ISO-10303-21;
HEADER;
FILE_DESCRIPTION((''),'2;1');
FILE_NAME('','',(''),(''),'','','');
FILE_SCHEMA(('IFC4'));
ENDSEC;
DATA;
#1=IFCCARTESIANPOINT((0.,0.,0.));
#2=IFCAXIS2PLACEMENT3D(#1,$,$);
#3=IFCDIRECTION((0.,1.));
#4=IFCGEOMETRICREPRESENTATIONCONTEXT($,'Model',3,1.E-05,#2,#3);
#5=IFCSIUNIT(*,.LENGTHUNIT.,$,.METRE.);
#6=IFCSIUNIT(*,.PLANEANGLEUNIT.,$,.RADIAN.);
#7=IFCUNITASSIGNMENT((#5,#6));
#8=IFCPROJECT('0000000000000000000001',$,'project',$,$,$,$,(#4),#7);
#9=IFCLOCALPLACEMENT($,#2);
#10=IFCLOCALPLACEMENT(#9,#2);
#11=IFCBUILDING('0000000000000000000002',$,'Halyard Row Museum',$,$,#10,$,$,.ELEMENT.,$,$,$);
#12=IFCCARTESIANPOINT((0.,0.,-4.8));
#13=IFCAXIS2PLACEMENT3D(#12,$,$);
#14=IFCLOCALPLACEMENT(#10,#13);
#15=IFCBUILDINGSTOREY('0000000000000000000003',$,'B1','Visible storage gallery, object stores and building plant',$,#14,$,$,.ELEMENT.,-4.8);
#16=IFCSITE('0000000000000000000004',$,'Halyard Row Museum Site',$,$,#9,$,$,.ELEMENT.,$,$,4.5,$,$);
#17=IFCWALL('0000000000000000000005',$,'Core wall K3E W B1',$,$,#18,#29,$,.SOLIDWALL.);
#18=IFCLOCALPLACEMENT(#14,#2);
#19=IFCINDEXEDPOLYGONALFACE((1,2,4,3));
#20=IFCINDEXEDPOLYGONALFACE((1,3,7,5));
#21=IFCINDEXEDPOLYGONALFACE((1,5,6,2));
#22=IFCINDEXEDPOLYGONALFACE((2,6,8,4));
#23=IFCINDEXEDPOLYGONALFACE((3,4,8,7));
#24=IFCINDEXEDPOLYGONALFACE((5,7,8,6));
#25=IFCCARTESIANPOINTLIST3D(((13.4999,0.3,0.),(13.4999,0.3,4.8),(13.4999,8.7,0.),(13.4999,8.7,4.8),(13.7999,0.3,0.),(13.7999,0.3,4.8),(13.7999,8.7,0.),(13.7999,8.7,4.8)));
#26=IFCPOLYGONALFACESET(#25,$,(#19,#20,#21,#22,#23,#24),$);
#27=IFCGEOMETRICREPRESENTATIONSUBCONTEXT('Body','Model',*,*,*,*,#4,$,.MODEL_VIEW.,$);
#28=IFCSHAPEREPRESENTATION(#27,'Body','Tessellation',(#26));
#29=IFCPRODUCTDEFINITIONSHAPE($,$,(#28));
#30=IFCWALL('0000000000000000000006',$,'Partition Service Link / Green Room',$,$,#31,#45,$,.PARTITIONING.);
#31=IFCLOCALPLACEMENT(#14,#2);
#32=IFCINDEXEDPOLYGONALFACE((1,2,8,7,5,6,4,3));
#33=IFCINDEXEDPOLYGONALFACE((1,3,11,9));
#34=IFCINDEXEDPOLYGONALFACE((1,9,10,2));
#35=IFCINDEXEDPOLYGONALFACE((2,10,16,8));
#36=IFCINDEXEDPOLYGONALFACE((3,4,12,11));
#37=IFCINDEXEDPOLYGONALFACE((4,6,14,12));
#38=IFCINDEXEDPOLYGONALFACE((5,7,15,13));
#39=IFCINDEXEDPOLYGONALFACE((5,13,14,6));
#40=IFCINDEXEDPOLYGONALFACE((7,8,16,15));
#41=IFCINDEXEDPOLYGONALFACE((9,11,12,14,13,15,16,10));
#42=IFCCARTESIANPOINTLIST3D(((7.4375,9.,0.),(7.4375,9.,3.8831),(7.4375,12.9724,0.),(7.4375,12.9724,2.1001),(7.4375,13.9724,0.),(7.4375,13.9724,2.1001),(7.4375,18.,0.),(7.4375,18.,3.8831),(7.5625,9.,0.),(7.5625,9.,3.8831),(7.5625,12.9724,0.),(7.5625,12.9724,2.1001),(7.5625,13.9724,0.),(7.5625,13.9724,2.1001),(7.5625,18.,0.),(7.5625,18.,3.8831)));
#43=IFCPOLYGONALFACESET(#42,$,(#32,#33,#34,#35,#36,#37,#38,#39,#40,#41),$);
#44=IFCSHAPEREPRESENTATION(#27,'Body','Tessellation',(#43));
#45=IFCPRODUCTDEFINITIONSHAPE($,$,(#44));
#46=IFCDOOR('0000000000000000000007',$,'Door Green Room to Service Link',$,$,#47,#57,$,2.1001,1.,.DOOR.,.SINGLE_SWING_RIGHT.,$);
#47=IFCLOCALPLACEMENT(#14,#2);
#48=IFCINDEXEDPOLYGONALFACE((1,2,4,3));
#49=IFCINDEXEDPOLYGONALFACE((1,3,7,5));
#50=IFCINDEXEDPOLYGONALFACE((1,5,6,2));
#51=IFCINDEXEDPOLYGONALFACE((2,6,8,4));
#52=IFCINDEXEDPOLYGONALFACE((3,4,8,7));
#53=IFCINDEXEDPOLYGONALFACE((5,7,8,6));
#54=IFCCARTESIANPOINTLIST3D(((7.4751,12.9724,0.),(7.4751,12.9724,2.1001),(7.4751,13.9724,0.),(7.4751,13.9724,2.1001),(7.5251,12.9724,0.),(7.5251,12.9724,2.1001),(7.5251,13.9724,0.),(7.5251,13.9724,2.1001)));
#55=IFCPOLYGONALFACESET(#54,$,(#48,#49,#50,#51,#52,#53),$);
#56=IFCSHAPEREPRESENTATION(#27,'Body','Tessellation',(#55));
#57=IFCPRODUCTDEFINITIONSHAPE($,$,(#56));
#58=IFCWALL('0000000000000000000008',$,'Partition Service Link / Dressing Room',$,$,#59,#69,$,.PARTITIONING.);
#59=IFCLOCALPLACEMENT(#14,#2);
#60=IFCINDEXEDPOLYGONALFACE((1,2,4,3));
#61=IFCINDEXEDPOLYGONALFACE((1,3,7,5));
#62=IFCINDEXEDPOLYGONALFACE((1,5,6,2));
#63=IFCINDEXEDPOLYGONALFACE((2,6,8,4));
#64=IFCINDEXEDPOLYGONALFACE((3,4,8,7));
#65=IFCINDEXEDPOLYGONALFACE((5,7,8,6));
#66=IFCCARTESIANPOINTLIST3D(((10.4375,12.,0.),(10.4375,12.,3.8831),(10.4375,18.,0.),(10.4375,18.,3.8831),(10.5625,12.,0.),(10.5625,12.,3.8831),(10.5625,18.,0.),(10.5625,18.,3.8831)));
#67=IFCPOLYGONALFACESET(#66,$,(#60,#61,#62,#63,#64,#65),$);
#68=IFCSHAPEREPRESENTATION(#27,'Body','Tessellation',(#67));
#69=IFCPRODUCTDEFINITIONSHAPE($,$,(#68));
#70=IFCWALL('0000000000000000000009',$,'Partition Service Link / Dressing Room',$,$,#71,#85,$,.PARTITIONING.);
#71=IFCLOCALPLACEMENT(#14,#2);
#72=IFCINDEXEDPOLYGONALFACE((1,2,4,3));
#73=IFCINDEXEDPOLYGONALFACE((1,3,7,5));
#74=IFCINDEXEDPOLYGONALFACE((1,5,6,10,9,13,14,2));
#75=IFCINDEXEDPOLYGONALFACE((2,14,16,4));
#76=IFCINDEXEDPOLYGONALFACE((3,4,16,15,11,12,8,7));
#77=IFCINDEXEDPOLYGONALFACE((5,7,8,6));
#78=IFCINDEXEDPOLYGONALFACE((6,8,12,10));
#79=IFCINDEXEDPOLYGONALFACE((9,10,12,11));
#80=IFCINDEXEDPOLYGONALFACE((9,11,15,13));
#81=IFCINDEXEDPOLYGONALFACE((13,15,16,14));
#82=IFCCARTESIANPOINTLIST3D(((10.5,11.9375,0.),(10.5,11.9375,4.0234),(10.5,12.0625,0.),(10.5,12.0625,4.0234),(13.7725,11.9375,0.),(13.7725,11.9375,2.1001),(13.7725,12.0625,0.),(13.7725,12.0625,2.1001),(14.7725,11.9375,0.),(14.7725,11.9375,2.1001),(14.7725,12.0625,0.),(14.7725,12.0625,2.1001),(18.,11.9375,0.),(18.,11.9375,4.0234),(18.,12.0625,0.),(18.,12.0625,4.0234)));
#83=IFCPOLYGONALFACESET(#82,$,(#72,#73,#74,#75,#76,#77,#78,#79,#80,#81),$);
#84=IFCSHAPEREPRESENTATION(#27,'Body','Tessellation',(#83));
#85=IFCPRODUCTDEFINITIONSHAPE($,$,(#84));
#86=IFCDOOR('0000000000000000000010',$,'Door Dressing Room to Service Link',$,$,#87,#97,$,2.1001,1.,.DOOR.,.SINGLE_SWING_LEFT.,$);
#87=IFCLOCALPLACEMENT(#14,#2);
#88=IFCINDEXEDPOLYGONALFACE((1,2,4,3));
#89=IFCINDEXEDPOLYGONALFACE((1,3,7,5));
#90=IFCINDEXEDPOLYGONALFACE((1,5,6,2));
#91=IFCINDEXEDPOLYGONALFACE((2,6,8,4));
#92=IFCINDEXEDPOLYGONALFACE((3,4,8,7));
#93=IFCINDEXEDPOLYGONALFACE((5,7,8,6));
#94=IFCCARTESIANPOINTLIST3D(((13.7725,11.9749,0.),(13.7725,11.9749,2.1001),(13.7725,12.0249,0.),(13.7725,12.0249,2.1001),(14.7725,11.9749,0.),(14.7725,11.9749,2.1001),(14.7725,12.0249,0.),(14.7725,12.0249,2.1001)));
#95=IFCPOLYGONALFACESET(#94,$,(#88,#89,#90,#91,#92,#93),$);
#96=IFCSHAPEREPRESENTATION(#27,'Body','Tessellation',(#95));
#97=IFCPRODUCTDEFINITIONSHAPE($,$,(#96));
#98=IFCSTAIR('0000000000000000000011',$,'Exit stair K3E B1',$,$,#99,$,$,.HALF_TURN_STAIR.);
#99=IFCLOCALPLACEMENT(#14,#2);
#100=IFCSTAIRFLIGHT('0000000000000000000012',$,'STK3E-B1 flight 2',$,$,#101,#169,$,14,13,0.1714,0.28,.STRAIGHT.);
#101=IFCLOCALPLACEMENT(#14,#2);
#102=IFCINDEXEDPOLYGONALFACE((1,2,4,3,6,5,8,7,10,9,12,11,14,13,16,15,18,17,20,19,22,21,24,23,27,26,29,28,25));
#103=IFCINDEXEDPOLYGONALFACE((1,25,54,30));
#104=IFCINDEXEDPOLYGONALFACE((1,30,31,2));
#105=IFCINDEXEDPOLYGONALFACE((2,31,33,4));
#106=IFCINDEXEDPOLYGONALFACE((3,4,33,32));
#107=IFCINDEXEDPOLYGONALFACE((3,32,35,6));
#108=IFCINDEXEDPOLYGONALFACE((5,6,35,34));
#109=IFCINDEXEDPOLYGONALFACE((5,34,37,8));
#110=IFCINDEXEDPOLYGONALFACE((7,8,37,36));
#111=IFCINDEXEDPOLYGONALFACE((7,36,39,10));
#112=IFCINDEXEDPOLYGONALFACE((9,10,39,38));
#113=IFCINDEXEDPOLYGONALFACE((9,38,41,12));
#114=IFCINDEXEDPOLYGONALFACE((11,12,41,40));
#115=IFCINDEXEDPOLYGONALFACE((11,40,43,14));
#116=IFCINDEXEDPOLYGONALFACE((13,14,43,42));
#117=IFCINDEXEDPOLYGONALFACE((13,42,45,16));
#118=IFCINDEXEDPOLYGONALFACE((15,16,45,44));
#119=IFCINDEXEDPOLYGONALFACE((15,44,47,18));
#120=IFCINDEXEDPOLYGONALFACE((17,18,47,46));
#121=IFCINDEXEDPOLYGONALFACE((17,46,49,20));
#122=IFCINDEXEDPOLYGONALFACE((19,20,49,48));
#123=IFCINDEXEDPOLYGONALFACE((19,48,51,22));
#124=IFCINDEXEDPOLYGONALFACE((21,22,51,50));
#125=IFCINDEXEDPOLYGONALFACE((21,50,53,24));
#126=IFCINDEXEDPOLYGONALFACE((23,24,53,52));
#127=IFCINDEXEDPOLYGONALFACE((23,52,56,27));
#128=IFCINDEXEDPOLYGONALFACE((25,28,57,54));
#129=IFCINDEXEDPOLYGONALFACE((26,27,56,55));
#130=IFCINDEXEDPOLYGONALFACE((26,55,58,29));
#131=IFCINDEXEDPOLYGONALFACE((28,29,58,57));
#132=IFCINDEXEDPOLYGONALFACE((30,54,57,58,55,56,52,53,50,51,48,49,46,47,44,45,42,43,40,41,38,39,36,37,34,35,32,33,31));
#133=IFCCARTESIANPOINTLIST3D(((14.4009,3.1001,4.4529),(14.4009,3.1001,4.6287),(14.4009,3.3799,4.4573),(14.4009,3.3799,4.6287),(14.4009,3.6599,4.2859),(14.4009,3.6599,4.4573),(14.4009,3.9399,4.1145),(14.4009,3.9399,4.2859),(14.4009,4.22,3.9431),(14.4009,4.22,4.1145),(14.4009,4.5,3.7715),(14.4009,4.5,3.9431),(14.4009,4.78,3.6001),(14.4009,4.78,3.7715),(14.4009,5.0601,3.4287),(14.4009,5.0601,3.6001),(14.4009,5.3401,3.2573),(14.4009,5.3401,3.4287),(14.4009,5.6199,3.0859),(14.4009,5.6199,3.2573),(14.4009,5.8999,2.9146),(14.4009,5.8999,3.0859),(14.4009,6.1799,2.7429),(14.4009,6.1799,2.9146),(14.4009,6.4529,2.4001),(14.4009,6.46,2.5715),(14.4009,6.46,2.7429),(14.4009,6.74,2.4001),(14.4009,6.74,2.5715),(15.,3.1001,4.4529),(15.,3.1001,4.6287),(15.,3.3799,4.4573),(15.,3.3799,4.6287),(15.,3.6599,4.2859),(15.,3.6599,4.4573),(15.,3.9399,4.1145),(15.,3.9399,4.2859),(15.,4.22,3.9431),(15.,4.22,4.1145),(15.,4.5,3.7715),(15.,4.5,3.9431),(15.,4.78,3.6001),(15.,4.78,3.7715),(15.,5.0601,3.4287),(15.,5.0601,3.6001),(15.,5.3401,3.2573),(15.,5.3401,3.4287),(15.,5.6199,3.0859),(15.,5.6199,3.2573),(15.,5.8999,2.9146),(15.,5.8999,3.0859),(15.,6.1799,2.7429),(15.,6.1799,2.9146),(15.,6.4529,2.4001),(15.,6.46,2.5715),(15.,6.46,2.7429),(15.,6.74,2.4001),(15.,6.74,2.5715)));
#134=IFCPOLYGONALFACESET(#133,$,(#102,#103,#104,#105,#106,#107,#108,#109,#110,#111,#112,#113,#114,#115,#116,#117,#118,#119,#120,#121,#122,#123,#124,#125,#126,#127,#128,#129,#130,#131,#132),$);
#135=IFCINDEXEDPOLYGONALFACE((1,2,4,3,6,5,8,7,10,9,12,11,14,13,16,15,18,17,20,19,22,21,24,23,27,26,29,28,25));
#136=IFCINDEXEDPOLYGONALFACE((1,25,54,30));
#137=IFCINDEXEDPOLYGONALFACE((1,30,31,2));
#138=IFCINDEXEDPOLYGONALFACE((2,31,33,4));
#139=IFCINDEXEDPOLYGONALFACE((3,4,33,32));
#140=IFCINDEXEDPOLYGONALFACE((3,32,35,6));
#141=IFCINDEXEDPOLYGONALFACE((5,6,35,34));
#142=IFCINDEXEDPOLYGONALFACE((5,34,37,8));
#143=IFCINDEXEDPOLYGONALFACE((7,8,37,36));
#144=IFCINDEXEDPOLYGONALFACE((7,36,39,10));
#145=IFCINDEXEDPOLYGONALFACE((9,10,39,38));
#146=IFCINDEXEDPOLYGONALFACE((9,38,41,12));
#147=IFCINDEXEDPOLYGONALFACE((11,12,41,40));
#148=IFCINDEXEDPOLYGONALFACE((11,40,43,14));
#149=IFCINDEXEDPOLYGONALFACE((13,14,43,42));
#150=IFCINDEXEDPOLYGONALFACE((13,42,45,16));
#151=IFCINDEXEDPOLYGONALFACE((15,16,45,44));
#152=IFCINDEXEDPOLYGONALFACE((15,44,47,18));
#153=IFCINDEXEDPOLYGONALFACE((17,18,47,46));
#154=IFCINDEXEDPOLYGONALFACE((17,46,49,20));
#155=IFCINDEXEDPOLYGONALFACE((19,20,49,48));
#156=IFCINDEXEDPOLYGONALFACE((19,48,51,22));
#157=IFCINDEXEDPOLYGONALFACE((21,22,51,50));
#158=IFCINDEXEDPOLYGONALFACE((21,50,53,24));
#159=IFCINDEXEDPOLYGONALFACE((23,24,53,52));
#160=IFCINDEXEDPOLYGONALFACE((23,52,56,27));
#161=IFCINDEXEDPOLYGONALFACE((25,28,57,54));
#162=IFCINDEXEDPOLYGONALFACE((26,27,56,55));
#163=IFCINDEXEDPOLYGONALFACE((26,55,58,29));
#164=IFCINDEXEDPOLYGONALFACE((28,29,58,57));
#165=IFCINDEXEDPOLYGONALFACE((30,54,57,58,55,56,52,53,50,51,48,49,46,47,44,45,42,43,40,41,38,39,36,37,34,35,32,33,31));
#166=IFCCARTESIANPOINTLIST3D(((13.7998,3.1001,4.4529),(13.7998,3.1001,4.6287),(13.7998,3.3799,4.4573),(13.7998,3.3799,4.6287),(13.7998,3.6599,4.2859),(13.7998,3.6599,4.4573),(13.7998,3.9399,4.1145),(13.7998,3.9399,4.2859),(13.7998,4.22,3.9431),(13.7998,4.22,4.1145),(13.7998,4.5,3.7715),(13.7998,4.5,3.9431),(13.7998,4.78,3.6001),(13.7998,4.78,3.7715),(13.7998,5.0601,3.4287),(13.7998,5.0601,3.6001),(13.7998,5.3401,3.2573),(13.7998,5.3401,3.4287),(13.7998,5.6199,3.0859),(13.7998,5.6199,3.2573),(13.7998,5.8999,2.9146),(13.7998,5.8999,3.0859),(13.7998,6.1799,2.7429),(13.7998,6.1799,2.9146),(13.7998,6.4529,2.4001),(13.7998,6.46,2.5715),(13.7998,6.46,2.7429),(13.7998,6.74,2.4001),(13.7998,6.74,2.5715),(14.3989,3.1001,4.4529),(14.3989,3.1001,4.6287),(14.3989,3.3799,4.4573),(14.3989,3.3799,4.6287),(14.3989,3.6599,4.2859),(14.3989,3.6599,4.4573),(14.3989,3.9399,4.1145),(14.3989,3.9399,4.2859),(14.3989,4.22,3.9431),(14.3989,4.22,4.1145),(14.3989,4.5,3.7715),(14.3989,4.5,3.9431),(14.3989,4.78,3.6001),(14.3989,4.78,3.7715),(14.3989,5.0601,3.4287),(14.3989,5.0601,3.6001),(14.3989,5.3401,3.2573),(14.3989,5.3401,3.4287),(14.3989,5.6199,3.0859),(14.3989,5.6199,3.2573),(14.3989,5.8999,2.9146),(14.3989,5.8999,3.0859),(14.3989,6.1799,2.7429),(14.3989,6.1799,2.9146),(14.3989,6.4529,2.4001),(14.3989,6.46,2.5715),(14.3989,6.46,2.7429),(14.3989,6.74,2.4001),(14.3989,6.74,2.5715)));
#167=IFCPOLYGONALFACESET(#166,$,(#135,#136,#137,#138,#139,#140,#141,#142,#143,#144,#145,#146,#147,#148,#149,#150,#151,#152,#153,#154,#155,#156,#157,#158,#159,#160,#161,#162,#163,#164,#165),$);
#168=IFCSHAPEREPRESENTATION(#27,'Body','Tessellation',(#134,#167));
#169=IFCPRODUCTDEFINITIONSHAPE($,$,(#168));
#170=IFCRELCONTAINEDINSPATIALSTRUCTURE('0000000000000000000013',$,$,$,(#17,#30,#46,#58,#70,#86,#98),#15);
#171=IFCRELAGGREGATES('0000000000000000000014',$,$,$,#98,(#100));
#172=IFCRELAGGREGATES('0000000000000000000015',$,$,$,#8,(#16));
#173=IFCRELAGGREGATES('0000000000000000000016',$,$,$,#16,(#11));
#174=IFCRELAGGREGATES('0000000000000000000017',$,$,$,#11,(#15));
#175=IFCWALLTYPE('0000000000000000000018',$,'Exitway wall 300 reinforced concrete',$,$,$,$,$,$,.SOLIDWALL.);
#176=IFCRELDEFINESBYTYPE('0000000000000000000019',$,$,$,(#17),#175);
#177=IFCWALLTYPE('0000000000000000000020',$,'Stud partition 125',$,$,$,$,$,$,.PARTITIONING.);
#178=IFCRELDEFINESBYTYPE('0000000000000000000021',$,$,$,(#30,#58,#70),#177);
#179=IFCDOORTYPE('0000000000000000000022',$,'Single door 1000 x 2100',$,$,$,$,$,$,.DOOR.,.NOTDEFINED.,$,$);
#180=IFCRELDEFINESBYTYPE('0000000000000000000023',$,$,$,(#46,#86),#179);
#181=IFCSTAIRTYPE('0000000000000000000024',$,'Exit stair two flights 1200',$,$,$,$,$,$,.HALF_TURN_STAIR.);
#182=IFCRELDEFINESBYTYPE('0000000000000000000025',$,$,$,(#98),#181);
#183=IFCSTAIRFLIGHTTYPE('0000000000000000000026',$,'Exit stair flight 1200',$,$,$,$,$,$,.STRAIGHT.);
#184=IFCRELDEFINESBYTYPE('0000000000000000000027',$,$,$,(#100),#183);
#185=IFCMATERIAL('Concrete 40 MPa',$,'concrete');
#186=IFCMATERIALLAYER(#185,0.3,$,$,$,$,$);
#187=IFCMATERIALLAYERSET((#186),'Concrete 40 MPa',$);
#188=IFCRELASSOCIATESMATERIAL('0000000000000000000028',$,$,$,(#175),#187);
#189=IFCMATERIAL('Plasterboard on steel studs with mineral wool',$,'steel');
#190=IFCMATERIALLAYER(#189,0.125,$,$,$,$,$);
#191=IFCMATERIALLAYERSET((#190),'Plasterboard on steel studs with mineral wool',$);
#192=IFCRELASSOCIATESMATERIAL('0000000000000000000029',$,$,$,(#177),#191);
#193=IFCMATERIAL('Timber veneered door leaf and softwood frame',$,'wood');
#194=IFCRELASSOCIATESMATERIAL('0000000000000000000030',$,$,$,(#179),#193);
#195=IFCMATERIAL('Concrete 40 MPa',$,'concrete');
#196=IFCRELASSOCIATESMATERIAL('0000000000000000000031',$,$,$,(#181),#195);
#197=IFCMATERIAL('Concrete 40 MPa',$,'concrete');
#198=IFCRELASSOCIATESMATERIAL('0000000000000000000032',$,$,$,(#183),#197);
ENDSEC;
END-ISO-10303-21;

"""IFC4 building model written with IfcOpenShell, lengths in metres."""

from ifc_helpers import new_model, si_unit, direction, frame, frame_2d, origin, place, context, subcontext, project, spatial, polyline, rectangle, outline, extrude, material, layer, layer_set, type_object, element, fill, aggregate, save


model = new_model("IFC4")

# Units and contexts
model_context = context("Model", 3, precision=1e-05, world=origin(), true_north=direction((0.0, 1.0)))
body_context = subcontext(model_context, "Body", "Model", "MODEL_VIEW")
ifc_project = project(units=[si_unit("LENGTHUNIT", "METRE"), si_unit("PLANEANGLEUNIT", "RADIAN")], contexts=[model_context])

# Site, building, storey
site_placement = place(None, origin())
site = spatial("IfcSite", under=ifc_project, at=site_placement, Name="Halyard Row Museum Site", CompositionType="ELEMENT", RefElevation=4.5)
building_placement = place(site_placement, origin())
building = spatial("IfcBuilding", under=site, at=building_placement, Name="Halyard Row Museum", CompositionType="ELEMENT")
storey_placement = place(building_placement, frame((0.0, 0.0, -4.8)))
storey = spatial("IfcBuildingStorey", under=building, at=storey_placement, Name="B1", Description="Visible storage gallery, object stores and building plant", CompositionType="ELEMENT", Elevation=-4.8)

# Wall
ifc_material_1 = material(Name="Concrete 40 MPa", Category="concrete")
ifc_layer_1 = layer(ifc_material_1, 0.3)
ifc_layer_set_1 = layer_set([ifc_layer_1], Name="Concrete 40 MPa")
wall_type_1 = type_object("IfcWallType", Name="Exitway wall 300 reinforced concrete", PredefinedType="SOLIDWALL", material=ifc_layer_set_1)
wall_1_placement = place(storey_placement, frame((13.6499, 0.3, 0.0), z_axis=(0.0, 0.0, 1.0), x_axis=(0.0, 1.0, 0.0)))
element("IfcWall", 1, at=wall_1_placement, inside=storey, type_object=wall_type_1, Name="Core wall K3E W B1", PredefinedType="SOLIDWALL", context=body_context, shape_type="SweptSolid", body=[
    extrude(rectangle(XDim=8.3999, YDim=0.3, at=frame_2d((4.2, 0.0))), origin(), (0.0, 0.0, 1.0), 4.8),
])

# Wall, opening, door
ifc_material_2 = material(Name="Plasterboard on steel studs with mineral wool", Category="steel")
ifc_layer_2 = layer(ifc_material_2, 0.125)
ifc_layer_set_2 = layer_set([ifc_layer_2], Name="Plasterboard on steel studs with mineral wool")
wall_type_2 = type_object("IfcWallType", Name="Stud partition 125", PredefinedType="PARTITIONING", material=ifc_layer_set_2)
wall_2_placement = place(storey_placement, frame((7.5, 9.0, 0.0), z_axis=(0.0, 0.0, 1.0), x_axis=(0.0, 1.0, 0.0)))
wall_2 = element("IfcWall", 2, at=wall_2_placement, inside=storey, type_object=wall_type_2, Name="Partition Service Link / Green Room", PredefinedType="PARTITIONING", context=body_context, shape_type="SweptSolid", body=[
    extrude(rectangle(XDim=9.0, YDim=0.125, at=frame_2d((4.5, 0.0))), origin(), (0.0, 0.0, 1.0), 3.8831),
])
opening_1_placement = place(wall_2_placement, frame((3.9724, 0.0, 0.0)))
opening_1 = element("IfcOpeningElement", 3, at=opening_1_placement, cuts=wall_2, PredefinedType="OPENING", context=body_context, shape_type="SweptSolid", body=[
    extrude(rectangle(XDim=1.0, YDim=2.1001, at=frame_2d((0.5, 1.05))), frame((0.0, 0.0725, 0.0), z_axis=(0.0, -1.0, 0.0), x_axis=(1.0, 0.0, 0.0)), (0.0, 0.0, 1.0), 0.145),
])
ifc_material_3 = material(Name="Timber veneered door leaf and softwood frame", Category="wood")
door_type = type_object("IfcDoorType", Name="Single door 1000 x 2100", OperationType="NOTDEFINED", PredefinedType="DOOR", material=ifc_material_3)
door_1_placement = place(opening_1_placement, origin())
door_1 = element("IfcDoor", 4, at=door_1_placement, inside=storey, type_object=door_type, Name="Door Green Room to Service Link", OperationType="SINGLE_SWING_RIGHT", OverallHeight=2.1001, OverallWidth=1.0, PredefinedType="DOOR", context=body_context, shape_type="SweptSolid", body=[
    extrude(rectangle(XDim=1.0, YDim=2.1001, at=frame_2d((0.5, 1.05))), frame((0.0, 0.0249, 0.0), z_axis=(0.0, -1.0, 0.0), x_axis=(1.0, 0.0, 0.0)), (0.0, 0.0, 1.0), 0.05),
])
fill(opening_1, door_1)

# Wall
wall_3_placement = place(storey_placement, frame((10.5, 12.0, 0.0), z_axis=(0.0, 0.0, 1.0), x_axis=(0.0, 1.0, 0.0)))
element("IfcWall", 5, at=wall_3_placement, inside=storey, type_object=wall_type_2, Name="Partition Service Link / Dressing Room", PredefinedType="PARTITIONING", context=body_context, shape_type="SweptSolid", body=[
    extrude(rectangle(XDim=6.0, YDim=0.125, at=frame_2d((3.0, 0.0))), origin(), (0.0, 0.0, 1.0), 3.8831),
])

# Wall, opening, door
wall_4_placement = place(storey_placement, frame((10.5, 12.0, 0.0), z_axis=(0.0, 0.0, 1.0), x_axis=(1.0, 0.0, 0.0)))
wall_4 = element("IfcWall", 6, at=wall_4_placement, inside=storey, type_object=wall_type_2, Name="Partition Service Link / Dressing Room", PredefinedType="PARTITIONING", context=body_context, shape_type="SweptSolid", body=[
    extrude(rectangle(XDim=7.5, YDim=0.125, at=frame_2d((3.75, 0.0))), origin(), (0.0, 0.0, 1.0), 4.0234),
])
opening_2_placement = place(wall_4_placement, frame((3.2725, 0.0, 0.0)))
opening_2 = element("IfcOpeningElement", 7, at=opening_2_placement, cuts=wall_4, PredefinedType="OPENING", context=body_context, shape_type="SweptSolid", body=[
    extrude(rectangle(XDim=1.0, YDim=2.1001, at=frame_2d((0.5, 1.05))), frame((0.0, 0.0725, 0.0), z_axis=(0.0, -1.0, 0.0), x_axis=(1.0, 0.0, 0.0)), (0.0, 0.0, 1.0), 0.145),
])
door_2_placement = place(opening_2_placement, origin())
door_2 = element("IfcDoor", 8, at=door_2_placement, inside=storey, type_object=door_type, Name="Door Dressing Room to Service Link", OperationType="SINGLE_SWING_LEFT", OverallHeight=2.1001, OverallWidth=1.0, PredefinedType="DOOR", context=body_context, shape_type="SweptSolid", body=[
    extrude(rectangle(XDim=1.0, YDim=2.1001, at=frame_2d((0.5, 1.05))), frame((0.0, 0.0249, 0.0), z_axis=(0.0, -1.0, 0.0), x_axis=(1.0, 0.0, 0.0)), (0.0, 0.0, 1.0), 0.05),
])
fill(opening_2, door_2)

# Stair, stair flight
ifc_material_4 = material(Name="Concrete 40 MPa", Category="concrete")
stair_type = type_object("IfcStairType", Name="Exit stair two flights 1200", PredefinedType="HALF_TURN_STAIR", material=ifc_material_4)
stair_placement = place(storey_placement, origin())
stair = element("IfcStair", 9, at=stair_placement, inside=storey, type_object=stair_type, Name="Exit stair K3E B1", PredefinedType="HALF_TURN_STAIR")
ifc_material_5 = material(Name="Concrete 40 MPa", Category="concrete")
stair_flight_type = type_object("IfcStairFlightType", Name="Exit stair flight 1200", PredefinedType="STRAIGHT", material=ifc_material_5)
stair_flight_placement = place(storey_placement, frame((14.3999, 6.74, 2.4001), z_axis=(0.0, 0.0, 1.0), x_axis=(0.0, -1.0, 0.0)))
stair_flight = element("IfcStairFlight", 10, at=stair_flight_placement, type_object=stair_flight_type, Name="STK3E-B1 flight 2", NumberOfRisers=14, NumberOfTreads=13, PredefinedType="STRAIGHT", RiserHeight=0.1714, TreadLength=0.28, context=body_context, shape_type="SweptSolid", body=[
    extrude(outline(polyline([(0.0, 0.0), (0.0, 0.1714), (0.28, 0.1714), (0.28, 0.3428), (0.5601, 0.3428), (0.5601, 0.5144), (0.8401, 0.5144), (0.8401, 0.6858), (1.1201, 0.6858), (1.1201, 0.8572), (1.3999, 0.8572), (1.3999, 1.0286), (1.6799, 1.0286), (1.6799, 1.2), (1.96, 1.2), (1.96, 1.3713), (2.24, 1.3713), (2.24, 1.543), (2.52, 1.543), (2.52, 1.7144), (2.8, 1.7144), (2.8, 1.8857), (3.0801, 1.8857), (3.0801, 2.0571), (3.3601, 2.0571), (3.3601, 2.2285), (3.6399, 2.2285), (3.6399, 2.3999), (3.6399, 2.0527), (0.2871, 0.0), (0.0, 0.0)])), frame((0.0, 0.6001, 0.0), z_axis=(0.0, -1.0, 0.0), x_axis=(1.0, 0.0, 0.0)), (0.0, 0.0, 1.0), 0.5991),
    extrude(outline(polyline([(0.0, 0.0), (0.0, 0.1714), (0.28, 0.1714), (0.28, 0.3428), (0.5601, 0.3428), (0.5601, 0.5144), (0.8401, 0.5144), (0.8401, 0.6858), (1.1201, 0.6858), (1.1201, 0.8572), (1.3999, 0.8572), (1.3999, 1.0286), (1.6799, 1.0286), (1.6799, 1.2), (1.96, 1.2), (1.96, 1.3713), (2.24, 1.3713), (2.24, 1.543), (2.52, 1.543), (2.52, 1.7144), (2.8, 1.7144), (2.8, 1.8857), (3.0801, 1.8857), (3.0801, 2.0571), (3.3601, 2.0571), (3.3601, 2.2285), (3.6399, 2.2285), (3.6399, 2.3999), (3.6399, 2.0527), (0.2871, 0.0), (0.0, 0.0)])), frame((0.0, -0.001, 0.0), z_axis=(0.0, -1.0, 0.0), x_axis=(1.0, 0.0, 0.0)), (0.0, 0.0, 1.0), 0.5991),
])
aggregate(stair, [stair_flight])

save(model, "model.ifc")
